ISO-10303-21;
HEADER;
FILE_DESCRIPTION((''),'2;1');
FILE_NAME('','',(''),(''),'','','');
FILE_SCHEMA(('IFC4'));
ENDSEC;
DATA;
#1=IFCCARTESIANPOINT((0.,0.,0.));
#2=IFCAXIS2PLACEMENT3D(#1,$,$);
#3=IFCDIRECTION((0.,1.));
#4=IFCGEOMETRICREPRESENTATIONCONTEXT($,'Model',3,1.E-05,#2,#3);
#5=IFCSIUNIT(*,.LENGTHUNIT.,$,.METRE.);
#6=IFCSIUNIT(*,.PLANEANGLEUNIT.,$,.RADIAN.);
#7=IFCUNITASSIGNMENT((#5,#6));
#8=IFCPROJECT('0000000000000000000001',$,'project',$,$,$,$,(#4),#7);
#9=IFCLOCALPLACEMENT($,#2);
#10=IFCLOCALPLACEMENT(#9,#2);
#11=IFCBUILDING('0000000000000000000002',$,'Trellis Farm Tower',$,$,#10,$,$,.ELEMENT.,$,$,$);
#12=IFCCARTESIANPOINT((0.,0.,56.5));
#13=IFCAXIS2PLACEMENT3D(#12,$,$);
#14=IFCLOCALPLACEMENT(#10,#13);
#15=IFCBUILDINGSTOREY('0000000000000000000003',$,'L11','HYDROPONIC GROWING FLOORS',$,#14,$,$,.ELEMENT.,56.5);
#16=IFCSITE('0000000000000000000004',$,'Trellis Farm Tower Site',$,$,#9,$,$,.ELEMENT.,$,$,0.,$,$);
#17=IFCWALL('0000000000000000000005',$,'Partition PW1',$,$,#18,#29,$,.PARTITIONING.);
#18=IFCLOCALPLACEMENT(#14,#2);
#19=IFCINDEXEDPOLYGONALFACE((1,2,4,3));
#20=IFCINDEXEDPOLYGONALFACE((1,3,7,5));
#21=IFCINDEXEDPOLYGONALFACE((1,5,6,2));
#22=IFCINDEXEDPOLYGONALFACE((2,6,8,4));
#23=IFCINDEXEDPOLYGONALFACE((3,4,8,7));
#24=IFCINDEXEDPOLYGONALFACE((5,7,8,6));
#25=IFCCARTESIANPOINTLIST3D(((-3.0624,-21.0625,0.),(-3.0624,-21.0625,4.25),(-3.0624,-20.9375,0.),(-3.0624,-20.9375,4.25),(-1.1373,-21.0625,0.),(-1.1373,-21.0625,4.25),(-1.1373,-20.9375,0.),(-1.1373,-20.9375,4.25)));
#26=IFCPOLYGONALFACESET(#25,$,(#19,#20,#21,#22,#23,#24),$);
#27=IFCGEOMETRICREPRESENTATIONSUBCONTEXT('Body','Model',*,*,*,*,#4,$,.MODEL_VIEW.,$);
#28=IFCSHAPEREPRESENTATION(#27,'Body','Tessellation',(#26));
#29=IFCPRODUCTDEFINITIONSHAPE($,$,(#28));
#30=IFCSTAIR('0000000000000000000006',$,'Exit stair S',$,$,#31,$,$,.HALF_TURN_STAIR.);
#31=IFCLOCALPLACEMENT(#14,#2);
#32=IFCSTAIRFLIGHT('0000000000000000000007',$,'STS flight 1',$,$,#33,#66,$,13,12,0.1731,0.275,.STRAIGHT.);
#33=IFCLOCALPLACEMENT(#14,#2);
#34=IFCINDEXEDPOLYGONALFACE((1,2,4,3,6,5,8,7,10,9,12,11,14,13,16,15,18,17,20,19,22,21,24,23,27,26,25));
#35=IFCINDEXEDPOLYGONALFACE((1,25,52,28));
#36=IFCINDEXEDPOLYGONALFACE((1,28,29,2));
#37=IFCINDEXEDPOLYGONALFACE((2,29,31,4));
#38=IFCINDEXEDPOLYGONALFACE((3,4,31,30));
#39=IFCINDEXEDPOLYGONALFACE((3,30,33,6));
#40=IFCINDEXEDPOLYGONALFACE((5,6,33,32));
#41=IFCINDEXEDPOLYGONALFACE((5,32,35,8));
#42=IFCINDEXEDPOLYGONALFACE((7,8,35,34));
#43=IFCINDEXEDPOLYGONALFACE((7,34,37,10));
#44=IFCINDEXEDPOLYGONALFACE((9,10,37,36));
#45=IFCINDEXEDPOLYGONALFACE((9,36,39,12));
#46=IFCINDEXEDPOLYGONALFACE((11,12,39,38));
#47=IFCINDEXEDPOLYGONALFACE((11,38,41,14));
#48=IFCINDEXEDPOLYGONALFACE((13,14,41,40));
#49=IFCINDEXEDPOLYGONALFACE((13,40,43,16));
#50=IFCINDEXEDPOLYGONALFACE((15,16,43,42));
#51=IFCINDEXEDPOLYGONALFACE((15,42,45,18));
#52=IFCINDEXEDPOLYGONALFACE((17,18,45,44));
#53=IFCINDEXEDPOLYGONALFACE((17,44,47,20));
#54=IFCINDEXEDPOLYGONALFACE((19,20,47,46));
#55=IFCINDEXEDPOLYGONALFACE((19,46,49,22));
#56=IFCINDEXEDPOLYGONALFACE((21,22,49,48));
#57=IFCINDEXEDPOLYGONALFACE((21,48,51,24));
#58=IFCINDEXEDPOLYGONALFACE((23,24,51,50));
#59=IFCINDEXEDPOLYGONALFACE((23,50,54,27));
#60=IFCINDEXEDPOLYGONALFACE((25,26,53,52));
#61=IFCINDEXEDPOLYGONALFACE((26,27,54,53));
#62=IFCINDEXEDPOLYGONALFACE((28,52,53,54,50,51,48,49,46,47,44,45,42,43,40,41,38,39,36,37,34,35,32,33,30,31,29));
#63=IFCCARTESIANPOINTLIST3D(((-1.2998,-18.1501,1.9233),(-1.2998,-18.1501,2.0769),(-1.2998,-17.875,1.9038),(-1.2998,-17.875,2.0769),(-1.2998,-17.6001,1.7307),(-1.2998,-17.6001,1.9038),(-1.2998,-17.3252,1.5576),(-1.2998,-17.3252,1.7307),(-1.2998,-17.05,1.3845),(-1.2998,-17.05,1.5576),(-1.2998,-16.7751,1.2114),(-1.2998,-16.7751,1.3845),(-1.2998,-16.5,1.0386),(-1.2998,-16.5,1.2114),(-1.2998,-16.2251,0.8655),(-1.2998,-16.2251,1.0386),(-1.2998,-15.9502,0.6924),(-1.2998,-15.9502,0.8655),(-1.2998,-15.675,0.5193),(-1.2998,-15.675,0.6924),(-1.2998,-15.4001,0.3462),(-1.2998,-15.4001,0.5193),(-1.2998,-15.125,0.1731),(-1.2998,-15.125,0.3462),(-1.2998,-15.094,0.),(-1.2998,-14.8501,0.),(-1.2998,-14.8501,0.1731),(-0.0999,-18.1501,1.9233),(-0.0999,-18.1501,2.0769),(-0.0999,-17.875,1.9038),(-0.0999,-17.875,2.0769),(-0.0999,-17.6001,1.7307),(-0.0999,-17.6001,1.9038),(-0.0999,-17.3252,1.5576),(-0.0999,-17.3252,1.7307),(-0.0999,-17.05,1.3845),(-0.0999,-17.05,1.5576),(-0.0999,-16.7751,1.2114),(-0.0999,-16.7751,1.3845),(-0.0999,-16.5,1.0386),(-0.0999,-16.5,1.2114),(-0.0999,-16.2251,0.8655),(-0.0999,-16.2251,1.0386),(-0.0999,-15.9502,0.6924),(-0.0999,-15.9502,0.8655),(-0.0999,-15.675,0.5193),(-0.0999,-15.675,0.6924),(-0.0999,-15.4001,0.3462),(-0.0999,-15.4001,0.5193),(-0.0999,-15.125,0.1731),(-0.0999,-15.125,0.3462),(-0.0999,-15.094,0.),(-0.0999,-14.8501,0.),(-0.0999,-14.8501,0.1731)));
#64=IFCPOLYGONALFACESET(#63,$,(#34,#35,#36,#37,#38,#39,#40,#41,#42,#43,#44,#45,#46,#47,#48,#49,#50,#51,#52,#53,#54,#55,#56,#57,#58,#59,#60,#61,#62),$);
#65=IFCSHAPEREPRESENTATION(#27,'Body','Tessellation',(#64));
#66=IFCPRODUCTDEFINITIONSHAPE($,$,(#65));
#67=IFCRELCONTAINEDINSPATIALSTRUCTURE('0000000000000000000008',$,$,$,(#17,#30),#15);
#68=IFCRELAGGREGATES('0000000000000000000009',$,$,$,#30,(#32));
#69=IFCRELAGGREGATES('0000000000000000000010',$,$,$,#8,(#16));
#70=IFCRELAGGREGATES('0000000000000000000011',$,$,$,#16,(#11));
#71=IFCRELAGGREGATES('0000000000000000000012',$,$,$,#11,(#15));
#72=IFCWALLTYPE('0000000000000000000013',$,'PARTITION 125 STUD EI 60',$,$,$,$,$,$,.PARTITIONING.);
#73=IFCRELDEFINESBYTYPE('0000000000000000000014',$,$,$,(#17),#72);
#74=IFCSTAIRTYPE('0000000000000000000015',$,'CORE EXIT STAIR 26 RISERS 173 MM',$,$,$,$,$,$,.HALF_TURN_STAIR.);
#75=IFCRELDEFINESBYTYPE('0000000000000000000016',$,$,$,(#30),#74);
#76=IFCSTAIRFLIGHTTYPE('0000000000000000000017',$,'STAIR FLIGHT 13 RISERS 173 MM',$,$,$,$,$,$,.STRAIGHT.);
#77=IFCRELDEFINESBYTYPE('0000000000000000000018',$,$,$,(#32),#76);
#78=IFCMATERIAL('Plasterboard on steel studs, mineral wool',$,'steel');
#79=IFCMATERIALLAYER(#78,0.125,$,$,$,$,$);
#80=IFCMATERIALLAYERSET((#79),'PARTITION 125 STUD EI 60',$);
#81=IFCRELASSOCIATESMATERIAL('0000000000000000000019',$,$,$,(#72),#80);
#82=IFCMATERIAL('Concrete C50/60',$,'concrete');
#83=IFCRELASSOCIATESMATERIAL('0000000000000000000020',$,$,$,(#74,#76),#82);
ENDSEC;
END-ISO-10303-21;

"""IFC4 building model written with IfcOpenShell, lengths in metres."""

from ifc_helpers import new_model, si_unit, direction, frame, frame_2d, origin, place, context, subcontext, project, spatial, polyline, rectangle, outline, extrude, source, transform, mapped, material, layer, layer_set, type_object, element, aggregate, save


model = new_model("IFC4")

# Units and contexts
model_context = context("Model", 3, precision=1e-05, world=origin(), true_north=direction((0.0, 1.0)))
body_context = subcontext(model_context, "Body", "Model", "MODEL_VIEW")
ifc_project = project(units=[si_unit("LENGTHUNIT", "METRE"), si_unit("PLANEANGLEUNIT", "RADIAN")], contexts=[model_context])

# Site, building, storey
site_placement = place(None, origin())
site = spatial("IfcSite", under=ifc_project, at=site_placement, Name="Trellis Farm Tower Site", CompositionType="ELEMENT", RefElevation=0.0)
building_placement = place(site_placement, origin())
building = spatial("IfcBuilding", under=site, at=building_placement, Name="Trellis Farm Tower", CompositionType="ELEMENT")
storey_placement = place(building_placement, frame((0.0, 0.0, 56.5)))
storey = spatial("IfcBuildingStorey", under=building, at=storey_placement, Name="L11", Description="HYDROPONIC GROWING FLOORS", CompositionType="ELEMENT", Elevation=56.5)

# Shared definitions
placement = place(storey_placement, origin())

# Shared definitions
ifc_material_1 = material(Name="Plasterboard on steel studs, mineral wool", Category="steel")
ifc_layer_1 = layer(ifc_material_1, 0.125)
ifc_layer_set_1 = layer_set([ifc_layer_1], Name="PARTITION 125 STUD EI 60")
wall_type_1 = type_object("IfcWallType", Name="PARTITION 125 STUD EI 60", PredefinedType="PARTITIONING", material=ifc_layer_set_1)

# Wall
shared_shape_1 = source(origin(), body_context, "Body", "SweptSolid", [
    extrude(rectangle(XDim=1.925, YDim=0.125, at=frame_2d((0.9624, 0.0))), origin(), (0.0, 0.0, 1.0), 4.25),
])
wall_1_placement = place(storey_placement, frame((-1.1375, -21.0, 0.0), z_axis=(0.0, 0.0, 1.0), x_axis=(-1.0, 0.0, 0.0)))
element("IfcWall", 1, at=wall_1_placement, inside=storey, type_object=wall_type_1, Name="Partition PW1", PredefinedType="PARTITIONING", context=body_context, shape_type="MappedRepresentation", body=[
    mapped(shared_shape_1, transform((0.0, 0.0, 0.0))),
])

# Stair, stair flight
ifc_material_2 = material(Name="Concrete C50/60", Category="concrete")
stair_type = type_object("IfcStairType", Name="CORE EXIT STAIR 26 RISERS 173 MM", PredefinedType="HALF_TURN_STAIR", material=ifc_material_2)
stair = element("IfcStair", 2, at=placement, inside=storey, type_object=stair_type, Name="Exit stair S", PredefinedType="HALF_TURN_STAIR")
stair_flight_type = type_object("IfcStairFlightType", Name="STAIR FLIGHT 13 RISERS 173 MM", PredefinedType="STRAIGHT", material=ifc_material_2)
shared_shape_2 = source(origin(), body_context, "Body", "SweptSolid", [
    extrude(outline(polyline([(0.0, 0.0), (0.0, 0.1731), (0.2749, 0.1731), (0.2749, 0.3462), (0.55, 0.3462), (0.55, 0.5193), (0.825, 0.5193), (0.825, 0.6924), (1.1001, 0.6924), (1.1001, 0.8655), (1.375, 0.8655), (1.375, 1.0386), (1.6499, 1.0386), (1.6499, 1.2114), (1.925, 1.2114), (1.925, 1.3845), (2.2, 1.3845), (2.2, 1.5576), (2.4751, 1.5576), (2.4751, 1.7307), (2.75, 1.7307), (2.75, 1.9038), (3.0249, 1.9038), (3.0249, 2.0769), (3.3, 2.0769), (3.3, 2.25), (3.3, 1.9233), (0.2439, 0.0), (0.0, 0.0)])), frame((0.0, 0.6001, 0.0), z_axis=(0.0, -1.0, 0.0), x_axis=(1.0, 0.0, 0.0)), (0.0, 0.0, 1.0), 1.2),
])
stair_flight_placement = place(storey_placement, frame((-0.7, -14.8501, 0.0), z_axis=(0.0, 0.0, 1.0), x_axis=(0.0, -1.0, 0.0)))
stair_flight = element("IfcStairFlight", 3, at=stair_flight_placement, type_object=stair_flight_type, Name="STS flight 1", NumberOfRisers=13, NumberOfTreads=12, PredefinedType="STRAIGHT", RiserHeight=0.1731, TreadLength=0.275, context=body_context, shape_type="MappedRepresentation", body=[
    mapped(shared_shape_2, transform((0.0, 0.0, 0.0))),
])
aggregate(stair, [stair_flight])

save(model, "model.ifc")
